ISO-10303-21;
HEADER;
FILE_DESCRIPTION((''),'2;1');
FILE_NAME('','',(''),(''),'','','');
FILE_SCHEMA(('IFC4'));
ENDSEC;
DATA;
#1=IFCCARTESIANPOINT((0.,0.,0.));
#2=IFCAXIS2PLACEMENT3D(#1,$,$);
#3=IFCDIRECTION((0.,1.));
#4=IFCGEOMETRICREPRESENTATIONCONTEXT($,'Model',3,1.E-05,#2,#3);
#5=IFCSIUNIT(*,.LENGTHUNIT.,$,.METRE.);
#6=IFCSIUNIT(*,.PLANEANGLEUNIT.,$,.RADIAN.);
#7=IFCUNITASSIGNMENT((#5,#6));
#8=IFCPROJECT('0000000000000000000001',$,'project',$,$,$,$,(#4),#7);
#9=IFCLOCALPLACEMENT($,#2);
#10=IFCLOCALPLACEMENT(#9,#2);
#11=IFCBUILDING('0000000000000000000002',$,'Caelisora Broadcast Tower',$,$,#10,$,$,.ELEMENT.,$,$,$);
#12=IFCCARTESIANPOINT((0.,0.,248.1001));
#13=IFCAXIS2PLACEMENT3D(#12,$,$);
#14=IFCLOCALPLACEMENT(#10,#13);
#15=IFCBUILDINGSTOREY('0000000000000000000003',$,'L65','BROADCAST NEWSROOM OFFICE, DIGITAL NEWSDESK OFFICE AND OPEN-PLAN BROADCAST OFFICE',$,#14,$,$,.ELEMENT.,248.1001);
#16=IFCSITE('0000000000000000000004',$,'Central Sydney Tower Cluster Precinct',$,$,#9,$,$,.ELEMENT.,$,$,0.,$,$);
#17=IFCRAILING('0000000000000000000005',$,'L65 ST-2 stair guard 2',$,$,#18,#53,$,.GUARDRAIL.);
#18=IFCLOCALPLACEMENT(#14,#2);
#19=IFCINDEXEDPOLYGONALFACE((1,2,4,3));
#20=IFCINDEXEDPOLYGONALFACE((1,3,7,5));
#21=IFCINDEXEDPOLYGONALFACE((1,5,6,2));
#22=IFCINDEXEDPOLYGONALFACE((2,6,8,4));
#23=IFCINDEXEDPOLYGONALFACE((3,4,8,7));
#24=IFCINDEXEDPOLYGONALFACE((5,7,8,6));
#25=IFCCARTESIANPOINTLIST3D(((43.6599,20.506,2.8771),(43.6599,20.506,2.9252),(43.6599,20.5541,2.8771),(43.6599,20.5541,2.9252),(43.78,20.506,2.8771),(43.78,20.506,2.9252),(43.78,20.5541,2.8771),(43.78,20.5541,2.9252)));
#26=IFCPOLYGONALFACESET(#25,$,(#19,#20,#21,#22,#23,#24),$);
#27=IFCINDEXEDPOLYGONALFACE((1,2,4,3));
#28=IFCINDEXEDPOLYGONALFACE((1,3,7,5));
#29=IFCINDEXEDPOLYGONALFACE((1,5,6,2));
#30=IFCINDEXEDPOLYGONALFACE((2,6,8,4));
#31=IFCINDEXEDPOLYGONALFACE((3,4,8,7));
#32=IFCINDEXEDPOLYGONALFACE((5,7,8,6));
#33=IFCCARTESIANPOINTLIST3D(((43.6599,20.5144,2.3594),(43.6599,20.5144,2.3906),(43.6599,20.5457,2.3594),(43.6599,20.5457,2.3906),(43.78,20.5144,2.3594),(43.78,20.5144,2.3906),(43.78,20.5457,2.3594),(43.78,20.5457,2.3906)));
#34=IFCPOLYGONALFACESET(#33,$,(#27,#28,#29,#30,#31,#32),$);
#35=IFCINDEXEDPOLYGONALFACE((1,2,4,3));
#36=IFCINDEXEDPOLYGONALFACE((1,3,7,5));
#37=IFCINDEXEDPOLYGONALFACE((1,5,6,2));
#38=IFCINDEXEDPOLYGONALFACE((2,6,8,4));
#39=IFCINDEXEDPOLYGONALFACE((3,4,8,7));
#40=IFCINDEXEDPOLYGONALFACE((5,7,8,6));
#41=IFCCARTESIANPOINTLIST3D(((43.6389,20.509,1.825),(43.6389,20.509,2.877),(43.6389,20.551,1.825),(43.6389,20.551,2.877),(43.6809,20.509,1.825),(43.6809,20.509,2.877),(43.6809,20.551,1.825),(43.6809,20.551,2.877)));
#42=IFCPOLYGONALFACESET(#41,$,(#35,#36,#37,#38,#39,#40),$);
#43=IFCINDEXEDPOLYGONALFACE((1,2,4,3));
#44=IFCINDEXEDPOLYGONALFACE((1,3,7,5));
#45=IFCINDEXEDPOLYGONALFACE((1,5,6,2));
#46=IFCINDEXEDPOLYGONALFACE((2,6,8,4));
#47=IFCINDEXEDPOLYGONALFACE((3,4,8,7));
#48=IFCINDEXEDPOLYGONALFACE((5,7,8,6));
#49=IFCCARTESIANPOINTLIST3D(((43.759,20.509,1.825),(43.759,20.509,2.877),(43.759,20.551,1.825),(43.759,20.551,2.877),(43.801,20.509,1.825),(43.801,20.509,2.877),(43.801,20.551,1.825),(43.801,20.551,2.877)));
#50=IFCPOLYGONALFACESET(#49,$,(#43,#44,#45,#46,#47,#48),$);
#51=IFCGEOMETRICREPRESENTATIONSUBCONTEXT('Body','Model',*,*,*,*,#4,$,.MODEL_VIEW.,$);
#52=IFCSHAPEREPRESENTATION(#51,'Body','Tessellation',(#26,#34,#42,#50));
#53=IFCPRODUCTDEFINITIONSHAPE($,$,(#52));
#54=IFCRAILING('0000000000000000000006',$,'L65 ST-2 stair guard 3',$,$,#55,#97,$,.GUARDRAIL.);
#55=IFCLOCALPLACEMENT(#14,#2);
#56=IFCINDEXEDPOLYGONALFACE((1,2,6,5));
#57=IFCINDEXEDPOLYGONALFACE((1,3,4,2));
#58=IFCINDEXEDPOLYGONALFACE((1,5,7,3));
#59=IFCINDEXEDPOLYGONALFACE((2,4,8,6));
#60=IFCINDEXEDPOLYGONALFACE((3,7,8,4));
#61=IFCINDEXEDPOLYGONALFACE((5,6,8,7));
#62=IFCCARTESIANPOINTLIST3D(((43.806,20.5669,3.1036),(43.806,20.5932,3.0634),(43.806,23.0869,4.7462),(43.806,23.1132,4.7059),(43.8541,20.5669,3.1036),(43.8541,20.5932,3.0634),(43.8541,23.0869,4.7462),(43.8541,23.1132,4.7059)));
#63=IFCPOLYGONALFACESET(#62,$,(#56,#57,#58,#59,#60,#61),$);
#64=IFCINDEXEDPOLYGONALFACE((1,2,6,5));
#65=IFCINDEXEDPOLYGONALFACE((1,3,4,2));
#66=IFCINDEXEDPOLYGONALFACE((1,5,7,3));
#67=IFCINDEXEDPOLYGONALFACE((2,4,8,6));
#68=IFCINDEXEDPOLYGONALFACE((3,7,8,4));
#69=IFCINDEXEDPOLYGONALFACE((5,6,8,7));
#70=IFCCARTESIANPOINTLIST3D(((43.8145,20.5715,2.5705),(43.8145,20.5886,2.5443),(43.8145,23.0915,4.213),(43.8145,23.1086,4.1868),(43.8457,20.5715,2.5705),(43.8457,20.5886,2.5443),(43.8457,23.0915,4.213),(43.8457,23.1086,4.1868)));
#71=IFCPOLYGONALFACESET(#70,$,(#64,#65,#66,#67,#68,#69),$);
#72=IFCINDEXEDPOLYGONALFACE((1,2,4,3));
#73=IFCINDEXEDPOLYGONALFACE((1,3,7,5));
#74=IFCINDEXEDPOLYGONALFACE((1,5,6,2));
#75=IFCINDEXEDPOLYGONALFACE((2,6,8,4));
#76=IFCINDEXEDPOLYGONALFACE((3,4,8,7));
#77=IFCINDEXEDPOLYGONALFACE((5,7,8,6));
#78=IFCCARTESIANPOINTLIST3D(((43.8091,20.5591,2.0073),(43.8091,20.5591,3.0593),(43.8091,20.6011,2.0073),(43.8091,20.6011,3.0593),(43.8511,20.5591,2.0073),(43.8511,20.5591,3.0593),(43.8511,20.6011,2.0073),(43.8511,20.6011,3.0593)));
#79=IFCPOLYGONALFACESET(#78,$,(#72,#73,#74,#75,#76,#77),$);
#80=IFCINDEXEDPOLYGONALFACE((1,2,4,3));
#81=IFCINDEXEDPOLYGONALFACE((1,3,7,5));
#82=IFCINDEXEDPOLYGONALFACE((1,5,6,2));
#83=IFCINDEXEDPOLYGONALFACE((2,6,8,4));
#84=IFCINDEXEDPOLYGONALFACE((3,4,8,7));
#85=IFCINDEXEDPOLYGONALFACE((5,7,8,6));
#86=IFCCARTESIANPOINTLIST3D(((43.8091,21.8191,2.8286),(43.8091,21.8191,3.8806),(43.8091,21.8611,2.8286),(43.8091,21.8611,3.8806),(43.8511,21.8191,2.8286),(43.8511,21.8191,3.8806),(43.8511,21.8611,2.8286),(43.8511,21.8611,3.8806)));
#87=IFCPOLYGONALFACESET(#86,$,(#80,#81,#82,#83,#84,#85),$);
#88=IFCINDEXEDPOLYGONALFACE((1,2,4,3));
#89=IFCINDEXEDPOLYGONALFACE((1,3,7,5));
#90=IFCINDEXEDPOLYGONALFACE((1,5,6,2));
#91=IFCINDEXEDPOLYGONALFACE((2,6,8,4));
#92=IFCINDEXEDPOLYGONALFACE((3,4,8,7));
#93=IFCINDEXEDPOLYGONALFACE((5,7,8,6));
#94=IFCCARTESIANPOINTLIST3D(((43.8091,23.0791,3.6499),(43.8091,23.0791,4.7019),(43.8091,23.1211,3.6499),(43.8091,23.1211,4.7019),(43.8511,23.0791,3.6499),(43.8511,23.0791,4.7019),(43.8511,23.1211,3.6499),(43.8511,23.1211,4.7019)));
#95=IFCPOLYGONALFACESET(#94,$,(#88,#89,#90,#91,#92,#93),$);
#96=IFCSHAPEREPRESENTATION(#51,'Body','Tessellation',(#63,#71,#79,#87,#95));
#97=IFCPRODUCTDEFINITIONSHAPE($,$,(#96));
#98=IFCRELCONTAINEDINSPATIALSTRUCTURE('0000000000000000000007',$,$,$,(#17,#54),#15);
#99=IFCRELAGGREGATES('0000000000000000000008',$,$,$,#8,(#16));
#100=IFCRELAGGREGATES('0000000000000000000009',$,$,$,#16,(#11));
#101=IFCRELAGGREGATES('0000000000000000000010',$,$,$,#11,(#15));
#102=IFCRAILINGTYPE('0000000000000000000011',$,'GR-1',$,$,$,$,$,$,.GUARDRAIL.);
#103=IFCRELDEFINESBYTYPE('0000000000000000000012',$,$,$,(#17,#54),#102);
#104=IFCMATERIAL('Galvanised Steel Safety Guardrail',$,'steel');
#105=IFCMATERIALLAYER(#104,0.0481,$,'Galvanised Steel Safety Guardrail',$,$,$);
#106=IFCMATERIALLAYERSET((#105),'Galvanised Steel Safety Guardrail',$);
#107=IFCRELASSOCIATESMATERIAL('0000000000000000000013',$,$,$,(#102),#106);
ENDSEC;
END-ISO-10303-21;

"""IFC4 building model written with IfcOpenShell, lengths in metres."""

from ifc_helpers import new_model, si_unit, direction, frame, origin, origin_2d, place, context, subcontext, project, spatial, rectangle, extrude, material, layer, layer_set, type_object, element, save


model = new_model("IFC4")

# Units and contexts
model_context = context("Model", 3, precision=1e-05, world=origin(), true_north=direction((0.0, 1.0)))
body_context = subcontext(model_context, "Body", "Model", "MODEL_VIEW")
ifc_project = project(units=[si_unit("LENGTHUNIT", "METRE"), si_unit("PLANEANGLEUNIT", "RADIAN")], contexts=[model_context])

# Site, building, storey
site_placement = place(None, origin())
site = spatial("IfcSite", under=ifc_project, at=site_placement, Name="Central Sydney Tower Cluster Precinct", CompositionType="ELEMENT", RefElevation=0.0)
building_placement = place(site_placement, origin())
building = spatial("IfcBuilding", under=site, at=building_placement, Name="Caelisora Broadcast Tower", CompositionType="ELEMENT")
storey_placement = place(building_placement, frame((0.0, 0.0, 248.1001)))
storey = spatial("IfcBuildingStorey", under=building, at=storey_placement, Name="L65", Description="BROADCAST NEWSROOM OFFICE, DIGITAL NEWSDESK OFFICE AND OPEN-PLAN BROADCAST OFFICE", CompositionType="ELEMENT", Elevation=248.1001)

# Railings
ifc_material_1 = material(Name="Galvanised Steel Safety Guardrail", Category="steel")
ifc_layer_1 = layer(ifc_material_1, 0.0481, Name="Galvanised Steel Safety Guardrail")
ifc_layer_set_1 = layer_set([ifc_layer_1], Name="Galvanised Steel Safety Guardrail")
railing_type = type_object("IfcRailingType", Name="GR-1", PredefinedType="GUARDRAIL", material=ifc_layer_set_1)
railing_1_placement = place(storey_placement, frame((43.6599, 20.53, 1.825)))
element("IfcRailing", 1, at=railing_1_placement, inside=storey, type_object=railing_type, Name="L65 ST-2 stair guard 2", PredefinedType="GUARDRAIL", context=body_context, shape_type="SweptSolid", body=[
    extrude(rectangle(XDim=0.0481, YDim=0.0481, at=origin_2d()), frame((0.0, 0.0, 1.0762), z_axis=(1.0, 0.0, 0.0), x_axis=(0.0, 1.0, 0.0)), (0.0, 0.0, 1.0), 0.1201),
    extrude(rectangle(XDim=0.0312, YDim=0.0312, at=origin_2d()), frame((0.0, 0.0, 0.55), z_axis=(1.0, 0.0, 0.0), x_axis=(0.0, 1.0, 0.0)), (0.0, 0.0, 1.0), 0.1201),
    extrude(rectangle(XDim=0.042, YDim=0.042, at=origin_2d()), origin(), (0.0, 0.0, 1.0), 1.052),
    extrude(rectangle(XDim=0.042, YDim=0.042, at=origin_2d()), frame((0.1201, 0.0, 0.0)), (0.0, 0.0, 1.0), 1.052),
])
railing_2_placement = place(storey_placement, frame((43.8301, 20.5801, 2.0073)))
element("IfcRailing", 2, at=railing_2_placement, inside=storey, type_object=railing_type, Name="L65 ST-2 stair guard 3", PredefinedType="GUARDRAIL", context=body_context, shape_type="SweptSolid", body=[
    extrude(rectangle(XDim=0.0481, YDim=0.0481, at=origin_2d()), frame((0.0, 0.0, 1.0762), z_axis=(0.0, 0.837749, 0.546055), x_axis=(-1.0, 0.0, 0.0)), (0.0, 0.0, 1.0), 3.0081),
    extrude(rectangle(XDim=0.0312, YDim=0.0312, at=origin_2d()), frame((0.0, 0.0, 0.55), z_axis=(0.0, 0.837749, 0.546055), x_axis=(-1.0, 0.0, 0.0)), (0.0, 0.0, 1.0), 3.0081),
    extrude(rectangle(XDim=0.042, YDim=0.042, at=origin_2d()), origin(), (0.0, 0.0, 1.0), 1.052),
    extrude(rectangle(XDim=0.042, YDim=0.042, at=origin_2d()), frame((0.0, 1.26, 0.8213)), (0.0, 0.0, 1.0), 1.052),
    extrude(rectangle(XDim=0.042, YDim=0.042, at=origin_2d()), frame((0.0, 2.52, 1.6426)), (0.0, 0.0, 1.0), 1.052),
])

save(model, "model.ifc")
